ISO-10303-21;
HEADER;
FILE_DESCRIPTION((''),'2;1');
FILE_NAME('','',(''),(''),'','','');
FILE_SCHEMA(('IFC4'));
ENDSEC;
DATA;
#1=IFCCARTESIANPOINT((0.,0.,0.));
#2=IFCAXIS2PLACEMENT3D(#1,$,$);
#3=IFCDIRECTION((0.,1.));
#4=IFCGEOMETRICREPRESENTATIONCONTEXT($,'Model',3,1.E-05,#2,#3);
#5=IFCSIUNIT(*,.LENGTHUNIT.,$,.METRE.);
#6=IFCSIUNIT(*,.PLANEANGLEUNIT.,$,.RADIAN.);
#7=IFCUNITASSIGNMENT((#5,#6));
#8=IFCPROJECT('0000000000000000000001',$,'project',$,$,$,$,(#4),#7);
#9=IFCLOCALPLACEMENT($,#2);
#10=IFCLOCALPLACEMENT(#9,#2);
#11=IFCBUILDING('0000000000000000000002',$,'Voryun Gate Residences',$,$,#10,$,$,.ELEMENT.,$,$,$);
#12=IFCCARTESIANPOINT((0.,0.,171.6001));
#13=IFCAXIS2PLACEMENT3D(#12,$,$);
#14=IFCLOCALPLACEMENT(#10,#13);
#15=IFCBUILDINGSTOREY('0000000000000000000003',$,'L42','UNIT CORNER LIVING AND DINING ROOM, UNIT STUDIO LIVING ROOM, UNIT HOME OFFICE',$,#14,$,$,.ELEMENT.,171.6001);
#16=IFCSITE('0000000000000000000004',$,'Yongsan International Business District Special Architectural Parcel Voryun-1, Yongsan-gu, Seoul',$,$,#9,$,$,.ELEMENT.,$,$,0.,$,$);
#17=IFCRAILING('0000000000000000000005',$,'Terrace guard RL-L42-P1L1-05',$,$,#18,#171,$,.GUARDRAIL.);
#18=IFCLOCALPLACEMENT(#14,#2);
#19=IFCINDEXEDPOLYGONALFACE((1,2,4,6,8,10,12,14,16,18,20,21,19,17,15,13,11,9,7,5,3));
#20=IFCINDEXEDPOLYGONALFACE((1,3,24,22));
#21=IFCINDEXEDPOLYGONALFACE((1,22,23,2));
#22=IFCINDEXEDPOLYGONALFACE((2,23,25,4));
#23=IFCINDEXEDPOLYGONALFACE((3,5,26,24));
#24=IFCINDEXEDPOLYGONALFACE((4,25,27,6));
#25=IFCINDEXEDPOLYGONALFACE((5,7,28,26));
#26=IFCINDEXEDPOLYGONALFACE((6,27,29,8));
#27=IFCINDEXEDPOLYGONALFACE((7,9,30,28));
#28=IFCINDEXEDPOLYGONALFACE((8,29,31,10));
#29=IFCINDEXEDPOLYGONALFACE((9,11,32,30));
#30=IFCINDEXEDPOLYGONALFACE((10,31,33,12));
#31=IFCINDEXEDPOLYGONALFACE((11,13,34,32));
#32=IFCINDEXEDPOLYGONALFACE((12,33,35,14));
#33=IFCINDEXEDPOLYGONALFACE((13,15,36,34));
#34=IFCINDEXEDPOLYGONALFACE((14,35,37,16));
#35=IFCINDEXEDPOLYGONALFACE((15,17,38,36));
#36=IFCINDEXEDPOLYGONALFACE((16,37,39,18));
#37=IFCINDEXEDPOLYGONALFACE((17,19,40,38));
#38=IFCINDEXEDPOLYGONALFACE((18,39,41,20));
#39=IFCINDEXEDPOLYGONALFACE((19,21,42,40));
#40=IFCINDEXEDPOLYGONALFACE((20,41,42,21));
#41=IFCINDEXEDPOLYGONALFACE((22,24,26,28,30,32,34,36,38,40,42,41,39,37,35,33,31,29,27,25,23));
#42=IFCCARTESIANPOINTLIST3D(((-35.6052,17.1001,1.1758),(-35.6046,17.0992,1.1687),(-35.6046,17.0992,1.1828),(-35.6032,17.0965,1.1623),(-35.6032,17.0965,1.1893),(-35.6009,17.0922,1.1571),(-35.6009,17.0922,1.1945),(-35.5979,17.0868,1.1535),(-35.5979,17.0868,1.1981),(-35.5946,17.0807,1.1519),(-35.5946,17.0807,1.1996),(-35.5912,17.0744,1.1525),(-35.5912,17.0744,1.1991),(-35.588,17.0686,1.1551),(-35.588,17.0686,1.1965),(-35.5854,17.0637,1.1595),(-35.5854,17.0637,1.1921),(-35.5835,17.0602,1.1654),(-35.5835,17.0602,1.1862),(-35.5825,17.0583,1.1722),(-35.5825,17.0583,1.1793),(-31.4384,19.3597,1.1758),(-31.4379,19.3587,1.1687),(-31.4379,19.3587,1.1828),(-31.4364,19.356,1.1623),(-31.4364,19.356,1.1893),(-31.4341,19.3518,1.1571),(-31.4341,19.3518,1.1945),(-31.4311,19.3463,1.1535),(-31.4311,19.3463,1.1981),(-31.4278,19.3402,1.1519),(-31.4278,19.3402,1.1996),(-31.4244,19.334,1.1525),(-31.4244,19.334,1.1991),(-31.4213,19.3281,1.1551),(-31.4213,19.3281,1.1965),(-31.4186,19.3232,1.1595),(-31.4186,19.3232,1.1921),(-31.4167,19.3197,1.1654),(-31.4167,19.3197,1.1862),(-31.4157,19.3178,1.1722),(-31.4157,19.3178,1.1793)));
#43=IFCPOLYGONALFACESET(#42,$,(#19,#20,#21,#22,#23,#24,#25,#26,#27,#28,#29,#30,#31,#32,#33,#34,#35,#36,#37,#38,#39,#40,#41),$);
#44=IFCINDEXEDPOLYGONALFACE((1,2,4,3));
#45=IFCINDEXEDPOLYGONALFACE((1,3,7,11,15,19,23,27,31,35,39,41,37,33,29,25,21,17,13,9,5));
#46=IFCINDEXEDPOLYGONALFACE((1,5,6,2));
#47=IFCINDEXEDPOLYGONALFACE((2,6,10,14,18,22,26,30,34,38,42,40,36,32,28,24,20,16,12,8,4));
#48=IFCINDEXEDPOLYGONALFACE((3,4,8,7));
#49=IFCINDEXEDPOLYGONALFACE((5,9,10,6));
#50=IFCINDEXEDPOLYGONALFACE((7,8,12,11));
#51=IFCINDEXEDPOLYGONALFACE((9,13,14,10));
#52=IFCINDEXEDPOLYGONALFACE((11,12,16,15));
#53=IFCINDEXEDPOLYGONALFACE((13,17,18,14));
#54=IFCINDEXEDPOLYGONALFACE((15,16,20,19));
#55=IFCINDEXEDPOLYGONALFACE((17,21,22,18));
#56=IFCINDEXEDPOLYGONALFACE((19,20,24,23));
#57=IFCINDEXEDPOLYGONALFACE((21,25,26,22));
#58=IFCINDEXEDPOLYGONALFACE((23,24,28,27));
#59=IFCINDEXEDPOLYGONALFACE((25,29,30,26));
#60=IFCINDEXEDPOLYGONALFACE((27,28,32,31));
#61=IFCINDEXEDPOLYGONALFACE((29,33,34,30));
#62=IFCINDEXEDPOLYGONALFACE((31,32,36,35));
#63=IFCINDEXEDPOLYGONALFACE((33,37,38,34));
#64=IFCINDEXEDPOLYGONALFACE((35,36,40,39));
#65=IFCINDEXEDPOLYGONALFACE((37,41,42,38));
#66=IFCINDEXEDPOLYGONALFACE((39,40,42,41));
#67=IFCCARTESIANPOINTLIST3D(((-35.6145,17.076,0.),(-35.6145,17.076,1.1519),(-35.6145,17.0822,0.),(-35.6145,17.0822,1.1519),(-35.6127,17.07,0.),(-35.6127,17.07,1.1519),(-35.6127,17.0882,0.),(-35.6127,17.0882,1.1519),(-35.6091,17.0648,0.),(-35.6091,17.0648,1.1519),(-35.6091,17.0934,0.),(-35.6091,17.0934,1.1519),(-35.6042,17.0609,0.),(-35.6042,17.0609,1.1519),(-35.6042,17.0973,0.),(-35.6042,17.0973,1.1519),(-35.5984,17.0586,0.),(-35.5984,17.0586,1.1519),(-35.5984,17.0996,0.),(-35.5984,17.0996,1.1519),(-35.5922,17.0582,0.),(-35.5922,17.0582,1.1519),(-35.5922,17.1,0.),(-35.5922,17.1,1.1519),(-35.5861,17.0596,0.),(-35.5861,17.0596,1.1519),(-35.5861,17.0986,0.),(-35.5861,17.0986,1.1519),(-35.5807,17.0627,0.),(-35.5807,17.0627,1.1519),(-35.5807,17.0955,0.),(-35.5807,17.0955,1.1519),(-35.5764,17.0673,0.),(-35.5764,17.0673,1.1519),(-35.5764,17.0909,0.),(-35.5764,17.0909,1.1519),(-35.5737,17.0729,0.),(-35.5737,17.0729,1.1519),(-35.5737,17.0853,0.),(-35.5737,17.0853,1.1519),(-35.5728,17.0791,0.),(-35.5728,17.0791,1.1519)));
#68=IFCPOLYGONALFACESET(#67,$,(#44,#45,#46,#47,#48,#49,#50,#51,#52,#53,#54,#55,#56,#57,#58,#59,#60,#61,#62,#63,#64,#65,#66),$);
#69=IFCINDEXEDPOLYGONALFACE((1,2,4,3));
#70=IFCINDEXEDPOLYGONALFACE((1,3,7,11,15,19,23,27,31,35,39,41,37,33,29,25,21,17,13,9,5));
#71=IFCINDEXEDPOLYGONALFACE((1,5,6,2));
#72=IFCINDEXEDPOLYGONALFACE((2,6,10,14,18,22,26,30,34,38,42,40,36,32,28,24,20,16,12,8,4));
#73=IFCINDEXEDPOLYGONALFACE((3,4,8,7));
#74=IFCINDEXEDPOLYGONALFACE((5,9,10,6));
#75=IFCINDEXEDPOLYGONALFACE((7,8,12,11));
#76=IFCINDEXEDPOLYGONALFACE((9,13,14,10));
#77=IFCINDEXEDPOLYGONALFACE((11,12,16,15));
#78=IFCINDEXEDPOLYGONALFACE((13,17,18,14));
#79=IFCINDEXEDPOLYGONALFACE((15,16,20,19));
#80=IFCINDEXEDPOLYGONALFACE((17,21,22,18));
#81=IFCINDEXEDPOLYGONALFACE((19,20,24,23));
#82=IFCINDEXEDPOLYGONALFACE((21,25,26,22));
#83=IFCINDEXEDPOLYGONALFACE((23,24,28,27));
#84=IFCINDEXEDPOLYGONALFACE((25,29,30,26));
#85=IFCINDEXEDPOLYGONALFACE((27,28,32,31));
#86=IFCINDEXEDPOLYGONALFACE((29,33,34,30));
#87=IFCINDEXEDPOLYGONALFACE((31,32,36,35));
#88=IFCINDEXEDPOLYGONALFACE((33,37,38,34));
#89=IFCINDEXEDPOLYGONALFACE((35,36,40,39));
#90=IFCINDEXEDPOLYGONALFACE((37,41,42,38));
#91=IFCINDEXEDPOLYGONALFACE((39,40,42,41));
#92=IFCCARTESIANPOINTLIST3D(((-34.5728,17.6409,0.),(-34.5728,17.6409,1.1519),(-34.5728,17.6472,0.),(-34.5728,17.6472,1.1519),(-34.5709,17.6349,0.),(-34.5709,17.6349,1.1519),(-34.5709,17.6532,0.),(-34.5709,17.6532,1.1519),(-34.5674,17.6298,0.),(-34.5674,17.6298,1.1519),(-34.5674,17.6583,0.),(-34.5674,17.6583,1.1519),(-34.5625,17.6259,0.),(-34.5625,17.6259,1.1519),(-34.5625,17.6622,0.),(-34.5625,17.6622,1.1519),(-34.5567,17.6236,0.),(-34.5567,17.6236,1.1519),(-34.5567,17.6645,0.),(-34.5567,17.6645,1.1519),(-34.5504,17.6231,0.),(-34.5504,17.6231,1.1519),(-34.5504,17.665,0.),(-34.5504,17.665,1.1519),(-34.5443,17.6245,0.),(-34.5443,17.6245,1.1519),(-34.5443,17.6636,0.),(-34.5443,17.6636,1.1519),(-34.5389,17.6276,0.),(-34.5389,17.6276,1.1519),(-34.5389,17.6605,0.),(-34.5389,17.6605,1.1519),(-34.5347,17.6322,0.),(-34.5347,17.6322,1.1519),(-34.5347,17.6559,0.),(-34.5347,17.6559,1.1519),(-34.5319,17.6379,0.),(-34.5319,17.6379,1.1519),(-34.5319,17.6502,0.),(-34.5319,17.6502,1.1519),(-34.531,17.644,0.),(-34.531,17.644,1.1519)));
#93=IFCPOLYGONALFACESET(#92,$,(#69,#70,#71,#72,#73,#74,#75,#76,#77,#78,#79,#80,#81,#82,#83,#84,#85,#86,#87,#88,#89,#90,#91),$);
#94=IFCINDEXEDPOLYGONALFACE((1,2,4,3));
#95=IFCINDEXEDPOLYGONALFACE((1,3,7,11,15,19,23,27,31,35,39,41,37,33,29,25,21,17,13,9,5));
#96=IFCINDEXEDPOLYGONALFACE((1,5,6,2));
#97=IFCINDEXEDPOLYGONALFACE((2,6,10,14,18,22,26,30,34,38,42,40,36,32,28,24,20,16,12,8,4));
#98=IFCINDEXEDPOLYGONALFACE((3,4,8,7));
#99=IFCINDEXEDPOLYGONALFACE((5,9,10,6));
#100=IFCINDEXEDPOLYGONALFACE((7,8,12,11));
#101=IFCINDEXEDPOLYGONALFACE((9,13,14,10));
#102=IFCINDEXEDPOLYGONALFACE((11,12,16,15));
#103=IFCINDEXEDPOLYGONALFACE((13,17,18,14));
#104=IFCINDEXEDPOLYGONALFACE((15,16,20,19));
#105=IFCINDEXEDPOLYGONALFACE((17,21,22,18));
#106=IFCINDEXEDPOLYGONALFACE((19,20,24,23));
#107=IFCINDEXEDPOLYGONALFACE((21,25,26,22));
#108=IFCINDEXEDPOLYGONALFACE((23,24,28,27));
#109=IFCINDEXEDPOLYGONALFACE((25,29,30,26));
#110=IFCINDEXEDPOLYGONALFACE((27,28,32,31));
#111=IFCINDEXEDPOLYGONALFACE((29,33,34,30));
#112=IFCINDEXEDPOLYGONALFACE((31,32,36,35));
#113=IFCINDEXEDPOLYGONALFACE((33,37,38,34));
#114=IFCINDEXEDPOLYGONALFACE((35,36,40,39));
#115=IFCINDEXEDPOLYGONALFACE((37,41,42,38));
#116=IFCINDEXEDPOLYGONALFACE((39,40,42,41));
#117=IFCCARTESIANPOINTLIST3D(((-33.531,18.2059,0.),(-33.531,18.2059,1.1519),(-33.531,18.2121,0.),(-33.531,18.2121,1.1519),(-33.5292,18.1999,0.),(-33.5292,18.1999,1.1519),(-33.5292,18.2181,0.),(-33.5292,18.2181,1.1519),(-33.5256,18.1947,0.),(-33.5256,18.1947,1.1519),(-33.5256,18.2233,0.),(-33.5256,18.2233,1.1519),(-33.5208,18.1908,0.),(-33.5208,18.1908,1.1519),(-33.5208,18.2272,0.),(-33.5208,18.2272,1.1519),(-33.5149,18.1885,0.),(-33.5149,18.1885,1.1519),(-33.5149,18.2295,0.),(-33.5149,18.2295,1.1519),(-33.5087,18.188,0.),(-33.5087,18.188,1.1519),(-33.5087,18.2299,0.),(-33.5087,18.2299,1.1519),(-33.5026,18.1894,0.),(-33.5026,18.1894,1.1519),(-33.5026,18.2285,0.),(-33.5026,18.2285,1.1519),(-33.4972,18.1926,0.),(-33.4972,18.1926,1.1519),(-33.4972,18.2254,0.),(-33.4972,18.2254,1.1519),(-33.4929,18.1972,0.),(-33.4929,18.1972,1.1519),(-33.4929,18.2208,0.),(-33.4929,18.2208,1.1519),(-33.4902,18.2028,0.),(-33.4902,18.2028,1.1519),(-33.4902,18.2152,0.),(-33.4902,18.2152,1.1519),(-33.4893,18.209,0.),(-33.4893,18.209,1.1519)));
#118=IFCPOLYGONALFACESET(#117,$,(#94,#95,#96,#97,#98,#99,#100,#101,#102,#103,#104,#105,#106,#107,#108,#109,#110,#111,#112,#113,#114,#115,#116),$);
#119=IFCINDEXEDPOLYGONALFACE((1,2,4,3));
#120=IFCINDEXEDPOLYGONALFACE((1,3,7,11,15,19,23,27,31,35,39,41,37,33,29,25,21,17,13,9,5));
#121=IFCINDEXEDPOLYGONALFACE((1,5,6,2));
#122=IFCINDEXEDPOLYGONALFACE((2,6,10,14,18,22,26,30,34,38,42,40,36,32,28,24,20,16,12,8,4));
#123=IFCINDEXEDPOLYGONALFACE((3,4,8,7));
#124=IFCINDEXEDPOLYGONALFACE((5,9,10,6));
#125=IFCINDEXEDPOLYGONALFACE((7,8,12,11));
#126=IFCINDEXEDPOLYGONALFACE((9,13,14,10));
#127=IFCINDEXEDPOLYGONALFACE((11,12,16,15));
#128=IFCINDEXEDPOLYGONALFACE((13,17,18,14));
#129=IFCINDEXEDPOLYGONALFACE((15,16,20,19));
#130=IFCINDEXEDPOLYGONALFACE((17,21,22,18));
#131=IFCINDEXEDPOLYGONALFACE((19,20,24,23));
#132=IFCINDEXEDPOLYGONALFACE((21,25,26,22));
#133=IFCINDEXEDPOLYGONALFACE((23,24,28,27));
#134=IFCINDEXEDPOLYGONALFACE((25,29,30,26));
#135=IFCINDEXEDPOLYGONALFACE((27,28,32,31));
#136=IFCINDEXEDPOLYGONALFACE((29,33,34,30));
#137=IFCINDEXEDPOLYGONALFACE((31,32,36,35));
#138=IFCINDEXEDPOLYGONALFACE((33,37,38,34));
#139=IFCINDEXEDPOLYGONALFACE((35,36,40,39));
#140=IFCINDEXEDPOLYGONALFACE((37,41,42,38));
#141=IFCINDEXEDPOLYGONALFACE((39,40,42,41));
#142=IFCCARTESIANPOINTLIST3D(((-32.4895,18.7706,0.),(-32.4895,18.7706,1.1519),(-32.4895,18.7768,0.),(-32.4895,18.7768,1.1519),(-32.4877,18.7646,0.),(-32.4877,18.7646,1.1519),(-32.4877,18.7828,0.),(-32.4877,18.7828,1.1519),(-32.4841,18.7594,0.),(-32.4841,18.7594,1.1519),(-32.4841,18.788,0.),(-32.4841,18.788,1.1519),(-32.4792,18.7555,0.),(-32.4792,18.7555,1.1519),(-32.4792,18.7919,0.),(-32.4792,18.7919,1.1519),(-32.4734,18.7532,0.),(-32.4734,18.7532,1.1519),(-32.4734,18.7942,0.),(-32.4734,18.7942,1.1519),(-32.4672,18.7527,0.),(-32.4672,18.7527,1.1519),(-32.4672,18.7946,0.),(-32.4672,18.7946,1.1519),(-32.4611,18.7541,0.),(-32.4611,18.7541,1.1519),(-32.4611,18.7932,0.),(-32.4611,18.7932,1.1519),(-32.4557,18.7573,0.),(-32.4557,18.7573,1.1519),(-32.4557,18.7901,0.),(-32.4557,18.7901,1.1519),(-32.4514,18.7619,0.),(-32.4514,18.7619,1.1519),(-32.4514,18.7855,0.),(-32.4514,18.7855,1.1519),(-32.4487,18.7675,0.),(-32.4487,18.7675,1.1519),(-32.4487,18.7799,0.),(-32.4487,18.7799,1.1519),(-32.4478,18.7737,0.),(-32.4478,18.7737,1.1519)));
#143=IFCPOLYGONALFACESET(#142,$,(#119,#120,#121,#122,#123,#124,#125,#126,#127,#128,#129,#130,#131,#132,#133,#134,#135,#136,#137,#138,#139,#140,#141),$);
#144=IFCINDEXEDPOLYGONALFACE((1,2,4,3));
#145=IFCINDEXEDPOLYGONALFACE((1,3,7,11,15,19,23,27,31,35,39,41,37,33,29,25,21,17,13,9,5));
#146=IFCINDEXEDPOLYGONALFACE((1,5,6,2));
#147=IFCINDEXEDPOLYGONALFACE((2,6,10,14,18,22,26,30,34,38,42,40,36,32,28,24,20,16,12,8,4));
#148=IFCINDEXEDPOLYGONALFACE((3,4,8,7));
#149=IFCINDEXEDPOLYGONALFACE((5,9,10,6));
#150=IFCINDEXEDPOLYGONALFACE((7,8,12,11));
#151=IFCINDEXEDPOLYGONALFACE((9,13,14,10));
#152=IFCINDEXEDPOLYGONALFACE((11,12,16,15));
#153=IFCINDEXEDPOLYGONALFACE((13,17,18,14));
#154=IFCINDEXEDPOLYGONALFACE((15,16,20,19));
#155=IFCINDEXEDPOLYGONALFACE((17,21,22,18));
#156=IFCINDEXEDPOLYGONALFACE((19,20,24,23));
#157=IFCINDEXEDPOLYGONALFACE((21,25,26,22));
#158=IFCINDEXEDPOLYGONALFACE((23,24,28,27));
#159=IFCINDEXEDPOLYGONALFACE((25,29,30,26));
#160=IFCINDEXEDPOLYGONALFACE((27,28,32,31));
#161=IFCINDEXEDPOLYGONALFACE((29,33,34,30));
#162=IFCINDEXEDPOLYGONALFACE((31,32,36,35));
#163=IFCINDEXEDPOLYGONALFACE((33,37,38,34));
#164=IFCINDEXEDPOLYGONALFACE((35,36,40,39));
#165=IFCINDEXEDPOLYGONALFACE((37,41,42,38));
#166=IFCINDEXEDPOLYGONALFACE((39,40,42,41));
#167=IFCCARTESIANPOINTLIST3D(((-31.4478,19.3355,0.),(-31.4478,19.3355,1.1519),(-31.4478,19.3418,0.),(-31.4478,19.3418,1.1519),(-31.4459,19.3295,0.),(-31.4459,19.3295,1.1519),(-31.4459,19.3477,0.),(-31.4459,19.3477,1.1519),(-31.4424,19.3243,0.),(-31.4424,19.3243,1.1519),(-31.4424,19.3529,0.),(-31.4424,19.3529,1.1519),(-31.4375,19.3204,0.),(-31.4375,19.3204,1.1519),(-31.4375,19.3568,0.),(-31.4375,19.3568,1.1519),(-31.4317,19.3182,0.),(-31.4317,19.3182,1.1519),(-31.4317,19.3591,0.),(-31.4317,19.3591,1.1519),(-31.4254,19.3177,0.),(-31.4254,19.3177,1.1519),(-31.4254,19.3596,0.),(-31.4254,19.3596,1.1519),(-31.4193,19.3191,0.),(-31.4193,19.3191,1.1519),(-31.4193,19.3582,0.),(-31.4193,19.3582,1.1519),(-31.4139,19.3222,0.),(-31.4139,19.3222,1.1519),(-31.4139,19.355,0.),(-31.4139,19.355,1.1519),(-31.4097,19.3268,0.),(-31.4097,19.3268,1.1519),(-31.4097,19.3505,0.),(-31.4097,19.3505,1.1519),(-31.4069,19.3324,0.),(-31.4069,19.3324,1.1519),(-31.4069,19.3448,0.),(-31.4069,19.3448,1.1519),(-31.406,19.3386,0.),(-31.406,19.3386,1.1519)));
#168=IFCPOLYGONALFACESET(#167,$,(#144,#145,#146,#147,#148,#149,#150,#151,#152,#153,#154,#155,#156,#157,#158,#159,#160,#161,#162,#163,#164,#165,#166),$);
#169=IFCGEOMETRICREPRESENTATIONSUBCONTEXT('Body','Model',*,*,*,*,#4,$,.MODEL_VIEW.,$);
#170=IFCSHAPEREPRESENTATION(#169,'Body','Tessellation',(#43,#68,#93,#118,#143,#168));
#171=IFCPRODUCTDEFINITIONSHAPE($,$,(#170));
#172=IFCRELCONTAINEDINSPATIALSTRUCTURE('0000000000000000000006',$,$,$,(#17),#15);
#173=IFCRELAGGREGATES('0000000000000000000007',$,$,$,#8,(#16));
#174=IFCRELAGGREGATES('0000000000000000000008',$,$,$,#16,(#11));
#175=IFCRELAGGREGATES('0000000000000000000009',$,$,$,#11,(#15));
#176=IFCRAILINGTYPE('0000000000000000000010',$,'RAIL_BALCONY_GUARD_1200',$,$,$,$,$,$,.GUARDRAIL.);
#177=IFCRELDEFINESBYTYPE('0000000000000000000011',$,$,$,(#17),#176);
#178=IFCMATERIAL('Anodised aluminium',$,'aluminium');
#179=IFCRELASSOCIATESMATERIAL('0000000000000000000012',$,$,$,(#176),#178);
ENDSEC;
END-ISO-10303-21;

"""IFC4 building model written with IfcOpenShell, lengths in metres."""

from ifc_helpers import new_model, si_unit, direction, frame, origin, origin_2d, place, context, subcontext, project, spatial, circle, extrude, material, type_object, element, save


model = new_model("IFC4")

# Units and contexts
model_context = context("Model", 3, precision=1e-05, world=origin(), true_north=direction((0.0, 1.0)))
body_context = subcontext(model_context, "Body", "Model", "MODEL_VIEW")
ifc_project = project(units=[si_unit("LENGTHUNIT", "METRE"), si_unit("PLANEANGLEUNIT", "RADIAN")], contexts=[model_context])

# Site, building, storey
site_placement = place(None, origin())
site = spatial("IfcSite", under=ifc_project, at=site_placement, Name="Yongsan International Business District Special Architectural Parcel Voryun-1, Yongsan-gu, Seoul", CompositionType="ELEMENT", RefElevation=0.0)
building_placement = place(site_placement, origin())
building = spatial("IfcBuilding", under=site, at=building_placement, Name="Voryun Gate Residences", CompositionType="ELEMENT")
storey_placement = place(building_placement, frame((0.0, 0.0, 171.6001)))
storey = spatial("IfcBuildingStorey", under=building, at=storey_placement, Name="L42", Description="UNIT CORNER LIVING AND DINING ROOM, UNIT STUDIO LIVING ROOM, UNIT HOME OFFICE", CompositionType="ELEMENT", Elevation=171.6001)

# Railing
ifc_material_1 = material(Name="Anodised aluminium", Category="aluminium")
railing_type = type_object("IfcRailingType", Name="RAIL_BALCONY_GUARD_1200", PredefinedType="GUARDRAIL", material=ifc_material_1)
railing_1_placement = place(storey_placement, frame((-35.5938, 17.0791, 0.0)))
element("IfcRailing", 1, at=railing_1_placement, inside=storey, type_object=railing_type, Name="Terrace guard RL-L42-P1L1-05", PredefinedType="GUARDRAIL", context=body_context, shape_type="SweptSolid", body=[
    extrude(circle(Radius=0.0239, at=origin_2d()), frame((0.0, 0.0, 1.1758), z_axis=(0.879068, 0.476696, 0.0), x_axis=(-0.476696, 0.879068, 0.0)), (0.0, 0.0, 1.0), 4.74),
    extrude(circle(Radius=0.021, at=origin_2d()), origin(), (0.0, 0.0, 1.0), 1.1519),
    extrude(circle(Radius=0.021, at=origin_2d()), frame((1.0417, 0.5649, 0.0)), (0.0, 0.0, 1.0), 1.1519),
    extrude(circle(Radius=0.021, at=origin_2d()), frame((2.0835, 1.1299, 0.0)), (0.0, 0.0, 1.0), 1.1519),
    extrude(circle(Radius=0.021, at=origin_2d()), frame((3.125, 1.6946, 0.0)), (0.0, 0.0, 1.0), 1.1519),
    extrude(circle(Radius=0.021, at=origin_2d()), frame((4.1667, 2.2595, 0.0)), (0.0, 0.0, 1.0), 1.1519),
])

save(model, "model.ifc")
